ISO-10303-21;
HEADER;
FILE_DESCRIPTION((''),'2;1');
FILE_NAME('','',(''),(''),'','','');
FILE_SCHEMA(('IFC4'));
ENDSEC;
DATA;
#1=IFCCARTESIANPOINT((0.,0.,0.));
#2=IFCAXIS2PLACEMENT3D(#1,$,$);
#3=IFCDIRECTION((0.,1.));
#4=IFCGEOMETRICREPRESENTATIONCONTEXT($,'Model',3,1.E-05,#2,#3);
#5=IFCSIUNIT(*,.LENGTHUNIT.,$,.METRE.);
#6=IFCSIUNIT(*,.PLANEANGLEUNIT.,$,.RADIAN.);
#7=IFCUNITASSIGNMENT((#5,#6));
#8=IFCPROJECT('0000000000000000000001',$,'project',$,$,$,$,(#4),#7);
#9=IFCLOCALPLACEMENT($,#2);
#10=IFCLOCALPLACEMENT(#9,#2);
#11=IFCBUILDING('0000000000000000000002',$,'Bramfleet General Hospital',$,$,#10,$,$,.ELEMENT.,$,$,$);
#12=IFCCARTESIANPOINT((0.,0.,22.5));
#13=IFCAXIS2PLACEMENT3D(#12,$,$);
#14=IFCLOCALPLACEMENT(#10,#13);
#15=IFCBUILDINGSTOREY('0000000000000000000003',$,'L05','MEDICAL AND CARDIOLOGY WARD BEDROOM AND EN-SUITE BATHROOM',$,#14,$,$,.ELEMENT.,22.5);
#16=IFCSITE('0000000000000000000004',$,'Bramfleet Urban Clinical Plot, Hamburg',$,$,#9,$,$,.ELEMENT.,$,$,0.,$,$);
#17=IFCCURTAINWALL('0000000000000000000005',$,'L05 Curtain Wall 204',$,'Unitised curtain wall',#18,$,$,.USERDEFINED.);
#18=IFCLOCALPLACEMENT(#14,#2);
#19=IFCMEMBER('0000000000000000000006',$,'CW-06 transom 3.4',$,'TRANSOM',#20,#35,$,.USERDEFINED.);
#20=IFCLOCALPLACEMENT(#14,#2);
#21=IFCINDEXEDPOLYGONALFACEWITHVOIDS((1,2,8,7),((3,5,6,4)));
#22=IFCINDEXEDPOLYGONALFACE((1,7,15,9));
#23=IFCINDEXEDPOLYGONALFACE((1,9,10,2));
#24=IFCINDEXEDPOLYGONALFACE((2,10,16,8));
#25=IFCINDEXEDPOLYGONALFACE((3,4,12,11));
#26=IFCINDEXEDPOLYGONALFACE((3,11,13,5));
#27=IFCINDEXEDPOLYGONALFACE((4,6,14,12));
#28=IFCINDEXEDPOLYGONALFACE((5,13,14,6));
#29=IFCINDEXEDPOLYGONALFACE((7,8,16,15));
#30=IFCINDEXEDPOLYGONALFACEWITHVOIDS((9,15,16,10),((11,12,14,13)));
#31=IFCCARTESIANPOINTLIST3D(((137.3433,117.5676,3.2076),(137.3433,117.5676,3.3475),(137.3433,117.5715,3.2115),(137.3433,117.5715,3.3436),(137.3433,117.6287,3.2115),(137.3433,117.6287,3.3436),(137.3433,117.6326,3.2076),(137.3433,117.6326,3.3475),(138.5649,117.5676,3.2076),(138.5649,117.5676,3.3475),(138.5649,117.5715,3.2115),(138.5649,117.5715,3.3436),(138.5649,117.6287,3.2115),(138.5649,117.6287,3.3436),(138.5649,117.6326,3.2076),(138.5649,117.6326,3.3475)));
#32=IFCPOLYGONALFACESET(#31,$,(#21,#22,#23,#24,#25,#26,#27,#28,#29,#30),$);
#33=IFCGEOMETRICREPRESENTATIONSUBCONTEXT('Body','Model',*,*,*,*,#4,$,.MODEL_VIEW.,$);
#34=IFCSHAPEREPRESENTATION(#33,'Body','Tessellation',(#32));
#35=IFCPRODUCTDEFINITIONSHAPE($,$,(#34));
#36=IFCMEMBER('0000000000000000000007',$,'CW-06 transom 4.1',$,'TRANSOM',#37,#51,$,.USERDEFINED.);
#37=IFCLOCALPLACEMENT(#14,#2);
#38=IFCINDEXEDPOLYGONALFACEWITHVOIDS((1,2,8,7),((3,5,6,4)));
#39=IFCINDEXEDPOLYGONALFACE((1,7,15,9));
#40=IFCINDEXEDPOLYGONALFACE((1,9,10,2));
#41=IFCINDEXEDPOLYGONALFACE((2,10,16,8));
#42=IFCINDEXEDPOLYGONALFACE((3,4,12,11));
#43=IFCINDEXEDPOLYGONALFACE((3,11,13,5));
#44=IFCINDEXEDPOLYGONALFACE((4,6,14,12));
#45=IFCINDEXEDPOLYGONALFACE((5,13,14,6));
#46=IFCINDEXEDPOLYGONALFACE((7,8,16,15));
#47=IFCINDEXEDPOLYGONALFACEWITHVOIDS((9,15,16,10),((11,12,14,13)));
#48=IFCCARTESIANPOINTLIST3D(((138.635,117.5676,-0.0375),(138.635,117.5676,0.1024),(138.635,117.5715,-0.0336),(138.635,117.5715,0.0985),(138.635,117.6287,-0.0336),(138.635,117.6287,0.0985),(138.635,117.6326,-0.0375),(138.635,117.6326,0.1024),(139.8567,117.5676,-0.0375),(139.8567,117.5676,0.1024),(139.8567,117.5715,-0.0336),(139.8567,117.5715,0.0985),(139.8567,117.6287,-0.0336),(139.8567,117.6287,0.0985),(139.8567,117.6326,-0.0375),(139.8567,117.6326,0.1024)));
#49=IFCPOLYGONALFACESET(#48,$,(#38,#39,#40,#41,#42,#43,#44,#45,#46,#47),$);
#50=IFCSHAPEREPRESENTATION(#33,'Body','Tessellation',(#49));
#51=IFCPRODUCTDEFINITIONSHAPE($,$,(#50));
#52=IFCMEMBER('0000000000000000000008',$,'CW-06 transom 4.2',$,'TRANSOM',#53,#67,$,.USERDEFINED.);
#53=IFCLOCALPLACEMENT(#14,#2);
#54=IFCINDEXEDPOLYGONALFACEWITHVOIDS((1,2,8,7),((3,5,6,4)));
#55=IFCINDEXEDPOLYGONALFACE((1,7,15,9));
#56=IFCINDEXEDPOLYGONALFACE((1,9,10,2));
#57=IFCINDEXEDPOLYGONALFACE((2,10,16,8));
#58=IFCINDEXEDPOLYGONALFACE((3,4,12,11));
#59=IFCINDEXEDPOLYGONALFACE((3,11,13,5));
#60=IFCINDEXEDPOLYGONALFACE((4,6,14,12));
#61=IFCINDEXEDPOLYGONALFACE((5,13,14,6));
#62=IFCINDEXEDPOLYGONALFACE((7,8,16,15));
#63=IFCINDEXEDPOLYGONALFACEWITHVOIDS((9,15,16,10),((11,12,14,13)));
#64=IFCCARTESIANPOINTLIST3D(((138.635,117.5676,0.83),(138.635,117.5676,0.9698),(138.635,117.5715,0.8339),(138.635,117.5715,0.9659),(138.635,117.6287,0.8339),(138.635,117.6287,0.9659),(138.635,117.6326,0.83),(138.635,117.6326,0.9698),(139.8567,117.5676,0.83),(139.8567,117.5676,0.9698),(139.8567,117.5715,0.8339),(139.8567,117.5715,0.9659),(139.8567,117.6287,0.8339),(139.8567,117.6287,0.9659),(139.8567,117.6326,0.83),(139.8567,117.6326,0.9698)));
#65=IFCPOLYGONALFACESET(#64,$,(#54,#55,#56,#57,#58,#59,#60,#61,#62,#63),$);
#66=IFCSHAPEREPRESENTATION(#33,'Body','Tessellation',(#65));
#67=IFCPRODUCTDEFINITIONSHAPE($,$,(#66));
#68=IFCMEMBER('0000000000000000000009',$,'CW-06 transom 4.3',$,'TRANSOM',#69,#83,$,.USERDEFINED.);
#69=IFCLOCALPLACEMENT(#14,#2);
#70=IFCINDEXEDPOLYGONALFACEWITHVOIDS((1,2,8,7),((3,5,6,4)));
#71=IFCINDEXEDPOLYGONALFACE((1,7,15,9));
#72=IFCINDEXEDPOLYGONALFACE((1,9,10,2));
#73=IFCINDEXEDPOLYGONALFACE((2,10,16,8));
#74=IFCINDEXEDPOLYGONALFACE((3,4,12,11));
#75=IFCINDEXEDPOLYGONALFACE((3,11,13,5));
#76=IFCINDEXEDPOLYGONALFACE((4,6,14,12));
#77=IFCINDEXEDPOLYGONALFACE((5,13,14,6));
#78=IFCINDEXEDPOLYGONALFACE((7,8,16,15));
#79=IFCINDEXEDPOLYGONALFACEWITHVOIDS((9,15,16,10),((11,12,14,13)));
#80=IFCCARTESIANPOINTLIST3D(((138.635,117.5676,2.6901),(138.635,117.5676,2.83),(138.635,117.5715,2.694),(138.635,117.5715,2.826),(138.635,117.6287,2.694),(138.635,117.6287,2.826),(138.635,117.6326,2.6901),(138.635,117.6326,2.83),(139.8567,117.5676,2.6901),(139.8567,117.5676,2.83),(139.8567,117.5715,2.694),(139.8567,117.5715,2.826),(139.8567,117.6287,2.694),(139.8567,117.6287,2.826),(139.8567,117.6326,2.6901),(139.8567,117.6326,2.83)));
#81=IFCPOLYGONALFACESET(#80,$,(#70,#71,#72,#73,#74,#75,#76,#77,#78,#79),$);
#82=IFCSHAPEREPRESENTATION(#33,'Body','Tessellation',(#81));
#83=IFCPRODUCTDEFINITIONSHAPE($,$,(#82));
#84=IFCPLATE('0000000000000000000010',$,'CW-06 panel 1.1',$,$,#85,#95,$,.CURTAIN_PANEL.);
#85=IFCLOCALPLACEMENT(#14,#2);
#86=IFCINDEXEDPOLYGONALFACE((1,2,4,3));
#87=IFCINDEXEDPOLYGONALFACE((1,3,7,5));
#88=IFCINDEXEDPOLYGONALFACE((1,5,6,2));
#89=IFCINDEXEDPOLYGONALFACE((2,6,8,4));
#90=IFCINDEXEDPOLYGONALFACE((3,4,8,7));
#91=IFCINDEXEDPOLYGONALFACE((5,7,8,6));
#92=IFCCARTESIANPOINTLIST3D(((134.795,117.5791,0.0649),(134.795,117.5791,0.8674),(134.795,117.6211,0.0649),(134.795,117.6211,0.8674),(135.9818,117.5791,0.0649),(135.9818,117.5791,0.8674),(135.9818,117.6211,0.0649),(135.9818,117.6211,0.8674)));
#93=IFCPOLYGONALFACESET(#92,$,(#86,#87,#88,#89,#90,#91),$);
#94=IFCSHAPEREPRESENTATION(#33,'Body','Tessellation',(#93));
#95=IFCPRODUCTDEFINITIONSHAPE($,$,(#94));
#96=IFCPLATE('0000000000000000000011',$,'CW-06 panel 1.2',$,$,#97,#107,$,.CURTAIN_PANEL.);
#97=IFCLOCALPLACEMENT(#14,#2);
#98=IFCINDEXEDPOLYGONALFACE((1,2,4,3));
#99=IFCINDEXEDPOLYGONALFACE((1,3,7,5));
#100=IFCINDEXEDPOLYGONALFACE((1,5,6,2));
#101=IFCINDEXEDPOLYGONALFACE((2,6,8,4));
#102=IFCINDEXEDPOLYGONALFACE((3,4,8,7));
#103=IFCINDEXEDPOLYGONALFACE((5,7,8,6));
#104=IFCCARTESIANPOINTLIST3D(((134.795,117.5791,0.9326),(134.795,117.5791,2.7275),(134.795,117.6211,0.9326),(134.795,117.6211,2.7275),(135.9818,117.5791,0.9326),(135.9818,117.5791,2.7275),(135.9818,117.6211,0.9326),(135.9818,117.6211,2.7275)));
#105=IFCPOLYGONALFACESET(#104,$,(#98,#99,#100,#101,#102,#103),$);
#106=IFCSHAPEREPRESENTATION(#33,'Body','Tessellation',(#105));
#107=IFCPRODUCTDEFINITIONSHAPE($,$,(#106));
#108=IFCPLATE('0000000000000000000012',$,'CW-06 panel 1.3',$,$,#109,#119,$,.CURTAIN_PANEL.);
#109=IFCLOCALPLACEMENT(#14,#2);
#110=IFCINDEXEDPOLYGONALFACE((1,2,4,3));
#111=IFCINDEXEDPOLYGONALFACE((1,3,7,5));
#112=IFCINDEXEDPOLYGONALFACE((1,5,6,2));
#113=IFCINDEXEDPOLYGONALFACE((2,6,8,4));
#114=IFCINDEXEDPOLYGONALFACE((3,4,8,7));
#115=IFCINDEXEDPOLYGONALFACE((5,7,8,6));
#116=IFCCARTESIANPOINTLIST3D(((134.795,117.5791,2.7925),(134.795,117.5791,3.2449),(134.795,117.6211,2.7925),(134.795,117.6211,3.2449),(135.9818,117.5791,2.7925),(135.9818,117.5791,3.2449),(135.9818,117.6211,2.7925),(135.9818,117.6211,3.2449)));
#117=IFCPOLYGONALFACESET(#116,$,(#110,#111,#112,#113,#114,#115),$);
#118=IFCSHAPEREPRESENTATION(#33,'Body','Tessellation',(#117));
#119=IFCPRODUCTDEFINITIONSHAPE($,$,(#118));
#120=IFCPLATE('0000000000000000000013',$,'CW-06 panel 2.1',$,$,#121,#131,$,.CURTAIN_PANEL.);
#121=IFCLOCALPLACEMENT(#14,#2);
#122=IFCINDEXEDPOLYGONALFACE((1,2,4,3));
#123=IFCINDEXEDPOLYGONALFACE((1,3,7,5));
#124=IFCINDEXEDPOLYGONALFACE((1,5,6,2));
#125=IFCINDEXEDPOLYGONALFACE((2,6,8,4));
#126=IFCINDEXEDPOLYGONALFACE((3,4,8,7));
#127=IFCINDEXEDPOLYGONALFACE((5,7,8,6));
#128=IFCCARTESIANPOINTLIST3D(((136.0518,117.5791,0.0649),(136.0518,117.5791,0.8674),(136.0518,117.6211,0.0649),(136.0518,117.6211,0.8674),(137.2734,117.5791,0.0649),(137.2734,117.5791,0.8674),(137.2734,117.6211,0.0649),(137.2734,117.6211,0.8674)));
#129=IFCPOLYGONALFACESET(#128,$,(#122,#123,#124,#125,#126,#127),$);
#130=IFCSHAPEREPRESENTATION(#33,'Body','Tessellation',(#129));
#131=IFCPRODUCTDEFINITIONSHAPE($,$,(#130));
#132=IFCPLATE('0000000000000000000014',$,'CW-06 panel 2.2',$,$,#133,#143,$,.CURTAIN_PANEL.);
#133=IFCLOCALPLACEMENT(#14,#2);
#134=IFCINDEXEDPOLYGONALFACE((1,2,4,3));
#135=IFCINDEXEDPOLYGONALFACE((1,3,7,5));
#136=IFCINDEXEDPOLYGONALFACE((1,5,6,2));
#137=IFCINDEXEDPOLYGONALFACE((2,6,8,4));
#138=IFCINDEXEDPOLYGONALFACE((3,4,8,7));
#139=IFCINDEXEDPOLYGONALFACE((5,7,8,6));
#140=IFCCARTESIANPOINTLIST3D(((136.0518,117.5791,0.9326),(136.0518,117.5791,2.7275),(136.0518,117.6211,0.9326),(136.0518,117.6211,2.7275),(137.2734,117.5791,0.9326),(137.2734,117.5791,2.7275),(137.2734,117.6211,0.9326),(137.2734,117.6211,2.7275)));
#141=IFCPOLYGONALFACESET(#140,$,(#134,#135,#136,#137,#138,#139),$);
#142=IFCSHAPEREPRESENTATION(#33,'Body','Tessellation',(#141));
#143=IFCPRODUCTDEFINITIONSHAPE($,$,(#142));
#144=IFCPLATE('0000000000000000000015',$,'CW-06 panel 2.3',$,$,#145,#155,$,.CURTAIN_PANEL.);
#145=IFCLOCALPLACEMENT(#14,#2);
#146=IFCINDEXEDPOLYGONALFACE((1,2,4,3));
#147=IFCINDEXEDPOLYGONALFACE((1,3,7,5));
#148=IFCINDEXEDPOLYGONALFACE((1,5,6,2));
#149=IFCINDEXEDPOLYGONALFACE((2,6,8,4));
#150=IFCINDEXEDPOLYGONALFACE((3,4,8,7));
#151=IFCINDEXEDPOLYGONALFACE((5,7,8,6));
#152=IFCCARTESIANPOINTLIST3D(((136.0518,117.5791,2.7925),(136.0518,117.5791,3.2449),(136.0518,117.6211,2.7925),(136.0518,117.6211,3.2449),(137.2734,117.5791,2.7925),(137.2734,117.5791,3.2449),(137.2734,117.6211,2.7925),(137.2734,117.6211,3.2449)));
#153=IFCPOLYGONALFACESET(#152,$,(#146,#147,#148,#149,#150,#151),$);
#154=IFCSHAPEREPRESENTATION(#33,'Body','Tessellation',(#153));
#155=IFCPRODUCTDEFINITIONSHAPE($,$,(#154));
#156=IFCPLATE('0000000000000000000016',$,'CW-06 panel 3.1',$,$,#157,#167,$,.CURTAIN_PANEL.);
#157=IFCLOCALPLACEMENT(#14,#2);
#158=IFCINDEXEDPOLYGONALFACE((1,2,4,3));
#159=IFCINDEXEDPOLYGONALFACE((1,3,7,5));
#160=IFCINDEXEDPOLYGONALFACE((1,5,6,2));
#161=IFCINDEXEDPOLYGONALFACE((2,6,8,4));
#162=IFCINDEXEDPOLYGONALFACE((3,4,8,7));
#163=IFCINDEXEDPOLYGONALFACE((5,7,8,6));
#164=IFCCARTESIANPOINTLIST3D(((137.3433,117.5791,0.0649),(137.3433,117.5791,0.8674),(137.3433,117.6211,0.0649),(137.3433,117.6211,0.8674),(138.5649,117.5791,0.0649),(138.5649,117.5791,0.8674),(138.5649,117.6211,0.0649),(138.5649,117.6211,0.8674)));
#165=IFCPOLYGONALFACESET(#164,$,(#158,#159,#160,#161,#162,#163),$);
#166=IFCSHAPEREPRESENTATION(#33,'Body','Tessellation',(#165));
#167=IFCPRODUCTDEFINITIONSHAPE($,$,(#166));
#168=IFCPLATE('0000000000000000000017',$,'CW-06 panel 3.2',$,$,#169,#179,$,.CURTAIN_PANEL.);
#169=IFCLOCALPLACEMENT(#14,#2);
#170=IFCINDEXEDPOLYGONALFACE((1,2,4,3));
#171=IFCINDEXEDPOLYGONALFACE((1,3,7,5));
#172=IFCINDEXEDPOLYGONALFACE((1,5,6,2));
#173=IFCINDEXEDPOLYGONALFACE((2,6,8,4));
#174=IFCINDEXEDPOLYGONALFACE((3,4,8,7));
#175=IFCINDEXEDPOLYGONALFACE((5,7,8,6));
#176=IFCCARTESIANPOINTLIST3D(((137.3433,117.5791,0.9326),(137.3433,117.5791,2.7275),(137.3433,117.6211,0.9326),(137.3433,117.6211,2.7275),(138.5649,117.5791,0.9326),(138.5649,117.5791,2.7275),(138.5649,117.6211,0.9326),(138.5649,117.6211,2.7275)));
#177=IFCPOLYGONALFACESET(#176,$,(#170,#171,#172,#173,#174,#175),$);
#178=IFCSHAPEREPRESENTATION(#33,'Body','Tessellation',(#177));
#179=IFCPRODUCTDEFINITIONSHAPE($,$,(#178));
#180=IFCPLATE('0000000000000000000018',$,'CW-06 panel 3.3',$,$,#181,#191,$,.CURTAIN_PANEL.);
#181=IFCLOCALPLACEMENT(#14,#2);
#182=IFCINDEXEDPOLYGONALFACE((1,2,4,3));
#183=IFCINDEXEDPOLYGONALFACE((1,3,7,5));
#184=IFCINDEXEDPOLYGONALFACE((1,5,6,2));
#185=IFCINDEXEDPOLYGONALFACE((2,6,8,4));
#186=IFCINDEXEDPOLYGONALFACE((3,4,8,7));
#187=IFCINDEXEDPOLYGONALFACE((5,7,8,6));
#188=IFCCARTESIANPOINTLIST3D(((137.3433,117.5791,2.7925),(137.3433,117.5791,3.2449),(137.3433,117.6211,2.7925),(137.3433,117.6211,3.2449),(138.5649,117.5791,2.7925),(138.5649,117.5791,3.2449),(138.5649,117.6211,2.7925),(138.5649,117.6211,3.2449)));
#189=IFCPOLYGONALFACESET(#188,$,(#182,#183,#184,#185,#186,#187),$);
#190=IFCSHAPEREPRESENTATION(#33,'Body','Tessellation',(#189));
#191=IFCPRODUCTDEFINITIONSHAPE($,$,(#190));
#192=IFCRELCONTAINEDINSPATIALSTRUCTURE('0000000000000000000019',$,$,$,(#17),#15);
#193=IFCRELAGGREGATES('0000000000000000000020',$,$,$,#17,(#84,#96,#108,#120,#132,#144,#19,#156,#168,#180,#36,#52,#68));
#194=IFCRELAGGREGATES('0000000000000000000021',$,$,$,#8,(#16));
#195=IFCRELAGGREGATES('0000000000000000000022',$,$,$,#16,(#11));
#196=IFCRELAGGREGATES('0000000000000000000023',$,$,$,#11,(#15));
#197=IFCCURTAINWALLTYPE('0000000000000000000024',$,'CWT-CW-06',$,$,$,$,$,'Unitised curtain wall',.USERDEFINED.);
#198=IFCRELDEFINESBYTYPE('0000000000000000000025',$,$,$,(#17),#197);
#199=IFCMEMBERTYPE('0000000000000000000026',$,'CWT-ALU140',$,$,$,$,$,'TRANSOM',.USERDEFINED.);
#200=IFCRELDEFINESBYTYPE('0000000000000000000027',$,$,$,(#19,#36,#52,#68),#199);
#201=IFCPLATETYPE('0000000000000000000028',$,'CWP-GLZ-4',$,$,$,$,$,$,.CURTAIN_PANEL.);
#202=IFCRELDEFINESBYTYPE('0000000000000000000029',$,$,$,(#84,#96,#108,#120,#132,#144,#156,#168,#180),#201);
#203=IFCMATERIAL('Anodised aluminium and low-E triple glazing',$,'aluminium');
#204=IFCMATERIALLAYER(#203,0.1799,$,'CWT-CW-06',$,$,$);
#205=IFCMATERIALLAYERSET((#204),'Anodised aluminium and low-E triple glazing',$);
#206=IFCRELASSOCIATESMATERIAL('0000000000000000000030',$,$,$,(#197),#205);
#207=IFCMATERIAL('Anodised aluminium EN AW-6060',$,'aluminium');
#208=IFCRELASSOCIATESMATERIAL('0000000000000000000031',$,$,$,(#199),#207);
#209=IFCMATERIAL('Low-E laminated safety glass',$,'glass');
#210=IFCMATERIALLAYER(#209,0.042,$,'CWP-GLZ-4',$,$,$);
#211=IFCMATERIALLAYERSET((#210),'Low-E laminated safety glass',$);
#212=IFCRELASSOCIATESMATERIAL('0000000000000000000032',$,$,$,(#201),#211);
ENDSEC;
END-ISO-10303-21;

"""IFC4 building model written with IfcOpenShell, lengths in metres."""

from ifc_helpers import new_model, si_unit, direction, frame, origin, origin_2d, place, context, subcontext, project, spatial, rectangle, hollow_rectangle, extrude, material, layer, layer_set, material_profile, profile_set, type_object, element, aggregate, save


model = new_model("IFC4")

# Units and contexts
model_context = context("Model", 3, precision=1e-05, world=origin(), true_north=direction((0.0, 1.0)))
body_context = subcontext(model_context, "Body", "Model", "MODEL_VIEW")
ifc_project = project(units=[si_unit("LENGTHUNIT", "METRE"), si_unit("PLANEANGLEUNIT", "RADIAN")], contexts=[model_context])

# Site, building, storey
site_placement = place(None, origin())
site = spatial("IfcSite", under=ifc_project, at=site_placement, Name="Bramfleet Urban Clinical Plot, Hamburg", CompositionType="ELEMENT", RefElevation=0.0)
building_placement = place(site_placement, origin())
building = spatial("IfcBuilding", under=site, at=building_placement, Name="Bramfleet General Hospital", CompositionType="ELEMENT")
storey_placement = place(building_placement, frame((0.0, 0.0, 22.5)))
storey = spatial("IfcBuildingStorey", under=building, at=storey_placement, Name="L05", Description="MEDICAL AND CARDIOLOGY WARD BEDROOM AND EN-SUITE BATHROOM", CompositionType="ELEMENT", Elevation=22.5)

# Curtain wall, members, plates
ifc_material_1 = material(Name="Anodised aluminium and low-E triple glazing", Category="aluminium")
ifc_layer_1 = layer(ifc_material_1, 0.1799, Name="CWT-CW-06")
ifc_layer_set_1 = layer_set([ifc_layer_1], Name="Anodised aluminium and low-E triple glazing")
curtain_wall_type = type_object("IfcCurtainWallType", Name="CWT-CW-06", ElementType="Unitised curtain wall", PredefinedType="USERDEFINED", material=ifc_layer_set_1)
curtain_wall_placement = place(storey_placement, origin())
curtain_wall = element("IfcCurtainWall", 1, at=curtain_wall_placement, inside=storey, type_object=curtain_wall_type, Name="L05 Curtain Wall 204", ObjectType="Unitised curtain wall", PredefinedType="USERDEFINED")
ifc_material_2 = material(Name="Anodised aluminium EN AW-6060", Category="aluminium")
ifc_material_profile_1 = material_profile(ifc_material_2, hollow_rectangle(XDim=0.0649, YDim=0.1399, WallThickness=0.0039, at=origin_2d()), Name="ALU 140x65x4.0")
ifc_profile_set_1 = profile_set([ifc_material_profile_1], Name="Anodised aluminium EN AW-6060")
member_type_1 = type_object("IfcMemberType", Name="CWT-ALU140", ElementType="TRANSOM", PredefinedType="USERDEFINED", material=ifc_profile_set_1)
member_1_placement = place(storey_placement, frame((137.3433, 117.6001, 3.2776), z_axis=(1.0, 0.0, 0.0), x_axis=(0.0, 1.0, 0.0)))
member_1 = element("IfcMember", 2, at=member_1_placement, type_object=member_type_1, Name="CW-06 transom 3.4", ObjectType="TRANSOM", PredefinedType="USERDEFINED", context=body_context, shape_type="SweptSolid", body=[
    extrude(hollow_rectangle(XDim=0.0649, YDim=0.1399, WallThickness=0.0039, at=origin_2d()), origin(), (0.0, 0.0, 1.0), 1.2217),
])
member_2_placement = place(storey_placement, frame((138.635, 117.6001, 0.0325), z_axis=(1.0, 0.0, 0.0), x_axis=(0.0, 1.0, 0.0)))
member_2 = element("IfcMember", 3, at=member_2_placement, type_object=member_type_1, Name="CW-06 transom 4.1", ObjectType="TRANSOM", PredefinedType="USERDEFINED", context=body_context, shape_type="SweptSolid", body=[
    extrude(hollow_rectangle(XDim=0.0649, YDim=0.1399, WallThickness=0.0039, at=origin_2d()), origin(), (0.0, 0.0, 1.0), 1.2217),
])
member_3_placement = place(storey_placement, frame((138.635, 117.6001, 0.8999), z_axis=(1.0, 0.0, 0.0), x_axis=(0.0, 1.0, 0.0)))
member_3 = element("IfcMember", 4, at=member_3_placement, type_object=member_type_1, Name="CW-06 transom 4.2", ObjectType="TRANSOM", PredefinedType="USERDEFINED", context=body_context, shape_type="SweptSolid", body=[
    extrude(hollow_rectangle(XDim=0.0649, YDim=0.1399, WallThickness=0.0039, at=origin_2d()), origin(), (0.0, 0.0, 1.0), 1.2217),
])
member_4_placement = place(storey_placement, frame((138.635, 117.6001, 2.76), z_axis=(1.0, 0.0, 0.0), x_axis=(0.0, 1.0, 0.0)))
member_4 = element("IfcMember", 5, at=member_4_placement, type_object=member_type_1, Name="CW-06 transom 4.3", ObjectType="TRANSOM", PredefinedType="USERDEFINED", context=body_context, shape_type="SweptSolid", body=[
    extrude(hollow_rectangle(XDim=0.0649, YDim=0.1399, WallThickness=0.0039, at=origin_2d()), origin(), (0.0, 0.0, 1.0), 1.2217),
])
ifc_material_3 = material(Name="Low-E laminated safety glass", Category="glass")
ifc_layer_2 = layer(ifc_material_3, 0.042, Name="CWP-GLZ-4")
ifc_layer_set_2 = layer_set([ifc_layer_2], Name="Low-E laminated safety glass")
plate_type = type_object("IfcPlateType", Name="CWP-GLZ-4", PredefinedType="CURTAIN_PANEL", material=ifc_layer_set_2)
plate_1_placement = place(storey_placement, frame((135.3884, 117.6001, 0.0649), z_axis=(0.0, 0.0, 1.0), x_axis=(1.0, 0.0, 0.0)))
plate_1 = element("IfcPlate", 6, at=plate_1_placement, type_object=plate_type, Name="CW-06 panel 1.1", PredefinedType="CURTAIN_PANEL", context=body_context, shape_type="SweptSolid", body=[
    extrude(rectangle(XDim=1.1868, YDim=0.042, at=origin_2d()), origin(), (0.0, 0.0, 1.0), 0.8025),
])
plate_2_placement = place(storey_placement, frame((135.3884, 117.6001, 0.9326), z_axis=(0.0, 0.0, 1.0), x_axis=(1.0, 0.0, 0.0)))
plate_2 = element("IfcPlate", 7, at=plate_2_placement, type_object=plate_type, Name="CW-06 panel 1.2", PredefinedType="CURTAIN_PANEL", context=body_context, shape_type="SweptSolid", body=[
    extrude(rectangle(XDim=1.1868, YDim=0.042, at=origin_2d()), origin(), (0.0, 0.0, 1.0), 1.7949),
])
plate_3_placement = place(storey_placement, frame((135.3884, 117.6001, 2.7925), z_axis=(0.0, 0.0, 1.0), x_axis=(1.0, 0.0, 0.0)))
plate_3 = element("IfcPlate", 8, at=plate_3_placement, type_object=plate_type, Name="CW-06 panel 1.3", PredefinedType="CURTAIN_PANEL", context=body_context, shape_type="SweptSolid", body=[
    extrude(rectangle(XDim=1.1868, YDim=0.042, at=origin_2d()), origin(), (0.0, 0.0, 1.0), 0.4524),
])
plate_4_placement = place(storey_placement, frame((136.6626, 117.6001, 0.0649), z_axis=(0.0, 0.0, 1.0), x_axis=(1.0, 0.0, 0.0)))
plate_4 = element("IfcPlate", 9, at=plate_4_placement, type_object=plate_type, Name="CW-06 panel 2.1", PredefinedType="CURTAIN_PANEL", context=body_context, shape_type="SweptSolid", body=[
    extrude(rectangle(XDim=1.2217, YDim=0.042, at=origin_2d()), origin(), (0.0, 0.0, 1.0), 0.8025),
])
plate_5_placement = place(storey_placement, frame((136.6626, 117.6001, 0.9326), z_axis=(0.0, 0.0, 1.0), x_axis=(1.0, 0.0, 0.0)))
plate_5 = element("IfcPlate", 10, at=plate_5_placement, type_object=plate_type, Name="CW-06 panel 2.2", PredefinedType="CURTAIN_PANEL", context=body_context, shape_type="SweptSolid", body=[
    extrude(rectangle(XDim=1.2217, YDim=0.042, at=origin_2d()), origin(), (0.0, 0.0, 1.0), 1.7949),
])
plate_6_placement = place(storey_placement, frame((136.6626, 117.6001, 2.7925), z_axis=(0.0, 0.0, 1.0), x_axis=(1.0, 0.0, 0.0)))
plate_6 = element("IfcPlate", 11, at=plate_6_placement, type_object=plate_type, Name="CW-06 panel 2.3", PredefinedType="CURTAIN_PANEL", context=body_context, shape_type="SweptSolid", body=[
    extrude(rectangle(XDim=1.2217, YDim=0.042, at=origin_2d()), origin(), (0.0, 0.0, 1.0), 0.4524),
])
plate_7_placement = place(storey_placement, frame((137.9541, 117.6001, 0.0649), z_axis=(0.0, 0.0, 1.0), x_axis=(1.0, 0.0, 0.0)))
plate_7 = element("IfcPlate", 12, at=plate_7_placement, type_object=plate_type, Name="CW-06 panel 3.1", PredefinedType="CURTAIN_PANEL", context=body_context, shape_type="SweptSolid", body=[
    extrude(rectangle(XDim=1.2217, YDim=0.042, at=origin_2d()), origin(), (0.0, 0.0, 1.0), 0.8025),
])
plate_8_placement = place(storey_placement, frame((137.9541, 117.6001, 0.9326), z_axis=(0.0, 0.0, 1.0), x_axis=(1.0, 0.0, 0.0)))
plate_8 = element("IfcPlate", 13, at=plate_8_placement, type_object=plate_type, Name="CW-06 panel 3.2", PredefinedType="CURTAIN_PANEL", context=body_context, shape_type="SweptSolid", body=[
    extrude(rectangle(XDim=1.2217, YDim=0.042, at=origin_2d()), origin(), (0.0, 0.0, 1.0), 1.7949),
])
plate_9_placement = place(storey_placement, frame((137.9541, 117.6001, 2.7925), z_axis=(0.0, 0.0, 1.0), x_axis=(1.0, 0.0, 0.0)))
plate_9 = element("IfcPlate", 14, at=plate_9_placement, type_object=plate_type, Name="CW-06 panel 3.3", PredefinedType="CURTAIN_PANEL", context=body_context, shape_type="SweptSolid", body=[
    extrude(rectangle(XDim=1.2217, YDim=0.042, at=origin_2d()), origin(), (0.0, 0.0, 1.0), 0.4524),
])
aggregate(curtain_wall, [plate_1, plate_2, plate_3, plate_4, plate_5, plate_6, member_1, plate_7, plate_8, plate_9, member_2, member_3, member_4])

save(model, "model.ifc")
